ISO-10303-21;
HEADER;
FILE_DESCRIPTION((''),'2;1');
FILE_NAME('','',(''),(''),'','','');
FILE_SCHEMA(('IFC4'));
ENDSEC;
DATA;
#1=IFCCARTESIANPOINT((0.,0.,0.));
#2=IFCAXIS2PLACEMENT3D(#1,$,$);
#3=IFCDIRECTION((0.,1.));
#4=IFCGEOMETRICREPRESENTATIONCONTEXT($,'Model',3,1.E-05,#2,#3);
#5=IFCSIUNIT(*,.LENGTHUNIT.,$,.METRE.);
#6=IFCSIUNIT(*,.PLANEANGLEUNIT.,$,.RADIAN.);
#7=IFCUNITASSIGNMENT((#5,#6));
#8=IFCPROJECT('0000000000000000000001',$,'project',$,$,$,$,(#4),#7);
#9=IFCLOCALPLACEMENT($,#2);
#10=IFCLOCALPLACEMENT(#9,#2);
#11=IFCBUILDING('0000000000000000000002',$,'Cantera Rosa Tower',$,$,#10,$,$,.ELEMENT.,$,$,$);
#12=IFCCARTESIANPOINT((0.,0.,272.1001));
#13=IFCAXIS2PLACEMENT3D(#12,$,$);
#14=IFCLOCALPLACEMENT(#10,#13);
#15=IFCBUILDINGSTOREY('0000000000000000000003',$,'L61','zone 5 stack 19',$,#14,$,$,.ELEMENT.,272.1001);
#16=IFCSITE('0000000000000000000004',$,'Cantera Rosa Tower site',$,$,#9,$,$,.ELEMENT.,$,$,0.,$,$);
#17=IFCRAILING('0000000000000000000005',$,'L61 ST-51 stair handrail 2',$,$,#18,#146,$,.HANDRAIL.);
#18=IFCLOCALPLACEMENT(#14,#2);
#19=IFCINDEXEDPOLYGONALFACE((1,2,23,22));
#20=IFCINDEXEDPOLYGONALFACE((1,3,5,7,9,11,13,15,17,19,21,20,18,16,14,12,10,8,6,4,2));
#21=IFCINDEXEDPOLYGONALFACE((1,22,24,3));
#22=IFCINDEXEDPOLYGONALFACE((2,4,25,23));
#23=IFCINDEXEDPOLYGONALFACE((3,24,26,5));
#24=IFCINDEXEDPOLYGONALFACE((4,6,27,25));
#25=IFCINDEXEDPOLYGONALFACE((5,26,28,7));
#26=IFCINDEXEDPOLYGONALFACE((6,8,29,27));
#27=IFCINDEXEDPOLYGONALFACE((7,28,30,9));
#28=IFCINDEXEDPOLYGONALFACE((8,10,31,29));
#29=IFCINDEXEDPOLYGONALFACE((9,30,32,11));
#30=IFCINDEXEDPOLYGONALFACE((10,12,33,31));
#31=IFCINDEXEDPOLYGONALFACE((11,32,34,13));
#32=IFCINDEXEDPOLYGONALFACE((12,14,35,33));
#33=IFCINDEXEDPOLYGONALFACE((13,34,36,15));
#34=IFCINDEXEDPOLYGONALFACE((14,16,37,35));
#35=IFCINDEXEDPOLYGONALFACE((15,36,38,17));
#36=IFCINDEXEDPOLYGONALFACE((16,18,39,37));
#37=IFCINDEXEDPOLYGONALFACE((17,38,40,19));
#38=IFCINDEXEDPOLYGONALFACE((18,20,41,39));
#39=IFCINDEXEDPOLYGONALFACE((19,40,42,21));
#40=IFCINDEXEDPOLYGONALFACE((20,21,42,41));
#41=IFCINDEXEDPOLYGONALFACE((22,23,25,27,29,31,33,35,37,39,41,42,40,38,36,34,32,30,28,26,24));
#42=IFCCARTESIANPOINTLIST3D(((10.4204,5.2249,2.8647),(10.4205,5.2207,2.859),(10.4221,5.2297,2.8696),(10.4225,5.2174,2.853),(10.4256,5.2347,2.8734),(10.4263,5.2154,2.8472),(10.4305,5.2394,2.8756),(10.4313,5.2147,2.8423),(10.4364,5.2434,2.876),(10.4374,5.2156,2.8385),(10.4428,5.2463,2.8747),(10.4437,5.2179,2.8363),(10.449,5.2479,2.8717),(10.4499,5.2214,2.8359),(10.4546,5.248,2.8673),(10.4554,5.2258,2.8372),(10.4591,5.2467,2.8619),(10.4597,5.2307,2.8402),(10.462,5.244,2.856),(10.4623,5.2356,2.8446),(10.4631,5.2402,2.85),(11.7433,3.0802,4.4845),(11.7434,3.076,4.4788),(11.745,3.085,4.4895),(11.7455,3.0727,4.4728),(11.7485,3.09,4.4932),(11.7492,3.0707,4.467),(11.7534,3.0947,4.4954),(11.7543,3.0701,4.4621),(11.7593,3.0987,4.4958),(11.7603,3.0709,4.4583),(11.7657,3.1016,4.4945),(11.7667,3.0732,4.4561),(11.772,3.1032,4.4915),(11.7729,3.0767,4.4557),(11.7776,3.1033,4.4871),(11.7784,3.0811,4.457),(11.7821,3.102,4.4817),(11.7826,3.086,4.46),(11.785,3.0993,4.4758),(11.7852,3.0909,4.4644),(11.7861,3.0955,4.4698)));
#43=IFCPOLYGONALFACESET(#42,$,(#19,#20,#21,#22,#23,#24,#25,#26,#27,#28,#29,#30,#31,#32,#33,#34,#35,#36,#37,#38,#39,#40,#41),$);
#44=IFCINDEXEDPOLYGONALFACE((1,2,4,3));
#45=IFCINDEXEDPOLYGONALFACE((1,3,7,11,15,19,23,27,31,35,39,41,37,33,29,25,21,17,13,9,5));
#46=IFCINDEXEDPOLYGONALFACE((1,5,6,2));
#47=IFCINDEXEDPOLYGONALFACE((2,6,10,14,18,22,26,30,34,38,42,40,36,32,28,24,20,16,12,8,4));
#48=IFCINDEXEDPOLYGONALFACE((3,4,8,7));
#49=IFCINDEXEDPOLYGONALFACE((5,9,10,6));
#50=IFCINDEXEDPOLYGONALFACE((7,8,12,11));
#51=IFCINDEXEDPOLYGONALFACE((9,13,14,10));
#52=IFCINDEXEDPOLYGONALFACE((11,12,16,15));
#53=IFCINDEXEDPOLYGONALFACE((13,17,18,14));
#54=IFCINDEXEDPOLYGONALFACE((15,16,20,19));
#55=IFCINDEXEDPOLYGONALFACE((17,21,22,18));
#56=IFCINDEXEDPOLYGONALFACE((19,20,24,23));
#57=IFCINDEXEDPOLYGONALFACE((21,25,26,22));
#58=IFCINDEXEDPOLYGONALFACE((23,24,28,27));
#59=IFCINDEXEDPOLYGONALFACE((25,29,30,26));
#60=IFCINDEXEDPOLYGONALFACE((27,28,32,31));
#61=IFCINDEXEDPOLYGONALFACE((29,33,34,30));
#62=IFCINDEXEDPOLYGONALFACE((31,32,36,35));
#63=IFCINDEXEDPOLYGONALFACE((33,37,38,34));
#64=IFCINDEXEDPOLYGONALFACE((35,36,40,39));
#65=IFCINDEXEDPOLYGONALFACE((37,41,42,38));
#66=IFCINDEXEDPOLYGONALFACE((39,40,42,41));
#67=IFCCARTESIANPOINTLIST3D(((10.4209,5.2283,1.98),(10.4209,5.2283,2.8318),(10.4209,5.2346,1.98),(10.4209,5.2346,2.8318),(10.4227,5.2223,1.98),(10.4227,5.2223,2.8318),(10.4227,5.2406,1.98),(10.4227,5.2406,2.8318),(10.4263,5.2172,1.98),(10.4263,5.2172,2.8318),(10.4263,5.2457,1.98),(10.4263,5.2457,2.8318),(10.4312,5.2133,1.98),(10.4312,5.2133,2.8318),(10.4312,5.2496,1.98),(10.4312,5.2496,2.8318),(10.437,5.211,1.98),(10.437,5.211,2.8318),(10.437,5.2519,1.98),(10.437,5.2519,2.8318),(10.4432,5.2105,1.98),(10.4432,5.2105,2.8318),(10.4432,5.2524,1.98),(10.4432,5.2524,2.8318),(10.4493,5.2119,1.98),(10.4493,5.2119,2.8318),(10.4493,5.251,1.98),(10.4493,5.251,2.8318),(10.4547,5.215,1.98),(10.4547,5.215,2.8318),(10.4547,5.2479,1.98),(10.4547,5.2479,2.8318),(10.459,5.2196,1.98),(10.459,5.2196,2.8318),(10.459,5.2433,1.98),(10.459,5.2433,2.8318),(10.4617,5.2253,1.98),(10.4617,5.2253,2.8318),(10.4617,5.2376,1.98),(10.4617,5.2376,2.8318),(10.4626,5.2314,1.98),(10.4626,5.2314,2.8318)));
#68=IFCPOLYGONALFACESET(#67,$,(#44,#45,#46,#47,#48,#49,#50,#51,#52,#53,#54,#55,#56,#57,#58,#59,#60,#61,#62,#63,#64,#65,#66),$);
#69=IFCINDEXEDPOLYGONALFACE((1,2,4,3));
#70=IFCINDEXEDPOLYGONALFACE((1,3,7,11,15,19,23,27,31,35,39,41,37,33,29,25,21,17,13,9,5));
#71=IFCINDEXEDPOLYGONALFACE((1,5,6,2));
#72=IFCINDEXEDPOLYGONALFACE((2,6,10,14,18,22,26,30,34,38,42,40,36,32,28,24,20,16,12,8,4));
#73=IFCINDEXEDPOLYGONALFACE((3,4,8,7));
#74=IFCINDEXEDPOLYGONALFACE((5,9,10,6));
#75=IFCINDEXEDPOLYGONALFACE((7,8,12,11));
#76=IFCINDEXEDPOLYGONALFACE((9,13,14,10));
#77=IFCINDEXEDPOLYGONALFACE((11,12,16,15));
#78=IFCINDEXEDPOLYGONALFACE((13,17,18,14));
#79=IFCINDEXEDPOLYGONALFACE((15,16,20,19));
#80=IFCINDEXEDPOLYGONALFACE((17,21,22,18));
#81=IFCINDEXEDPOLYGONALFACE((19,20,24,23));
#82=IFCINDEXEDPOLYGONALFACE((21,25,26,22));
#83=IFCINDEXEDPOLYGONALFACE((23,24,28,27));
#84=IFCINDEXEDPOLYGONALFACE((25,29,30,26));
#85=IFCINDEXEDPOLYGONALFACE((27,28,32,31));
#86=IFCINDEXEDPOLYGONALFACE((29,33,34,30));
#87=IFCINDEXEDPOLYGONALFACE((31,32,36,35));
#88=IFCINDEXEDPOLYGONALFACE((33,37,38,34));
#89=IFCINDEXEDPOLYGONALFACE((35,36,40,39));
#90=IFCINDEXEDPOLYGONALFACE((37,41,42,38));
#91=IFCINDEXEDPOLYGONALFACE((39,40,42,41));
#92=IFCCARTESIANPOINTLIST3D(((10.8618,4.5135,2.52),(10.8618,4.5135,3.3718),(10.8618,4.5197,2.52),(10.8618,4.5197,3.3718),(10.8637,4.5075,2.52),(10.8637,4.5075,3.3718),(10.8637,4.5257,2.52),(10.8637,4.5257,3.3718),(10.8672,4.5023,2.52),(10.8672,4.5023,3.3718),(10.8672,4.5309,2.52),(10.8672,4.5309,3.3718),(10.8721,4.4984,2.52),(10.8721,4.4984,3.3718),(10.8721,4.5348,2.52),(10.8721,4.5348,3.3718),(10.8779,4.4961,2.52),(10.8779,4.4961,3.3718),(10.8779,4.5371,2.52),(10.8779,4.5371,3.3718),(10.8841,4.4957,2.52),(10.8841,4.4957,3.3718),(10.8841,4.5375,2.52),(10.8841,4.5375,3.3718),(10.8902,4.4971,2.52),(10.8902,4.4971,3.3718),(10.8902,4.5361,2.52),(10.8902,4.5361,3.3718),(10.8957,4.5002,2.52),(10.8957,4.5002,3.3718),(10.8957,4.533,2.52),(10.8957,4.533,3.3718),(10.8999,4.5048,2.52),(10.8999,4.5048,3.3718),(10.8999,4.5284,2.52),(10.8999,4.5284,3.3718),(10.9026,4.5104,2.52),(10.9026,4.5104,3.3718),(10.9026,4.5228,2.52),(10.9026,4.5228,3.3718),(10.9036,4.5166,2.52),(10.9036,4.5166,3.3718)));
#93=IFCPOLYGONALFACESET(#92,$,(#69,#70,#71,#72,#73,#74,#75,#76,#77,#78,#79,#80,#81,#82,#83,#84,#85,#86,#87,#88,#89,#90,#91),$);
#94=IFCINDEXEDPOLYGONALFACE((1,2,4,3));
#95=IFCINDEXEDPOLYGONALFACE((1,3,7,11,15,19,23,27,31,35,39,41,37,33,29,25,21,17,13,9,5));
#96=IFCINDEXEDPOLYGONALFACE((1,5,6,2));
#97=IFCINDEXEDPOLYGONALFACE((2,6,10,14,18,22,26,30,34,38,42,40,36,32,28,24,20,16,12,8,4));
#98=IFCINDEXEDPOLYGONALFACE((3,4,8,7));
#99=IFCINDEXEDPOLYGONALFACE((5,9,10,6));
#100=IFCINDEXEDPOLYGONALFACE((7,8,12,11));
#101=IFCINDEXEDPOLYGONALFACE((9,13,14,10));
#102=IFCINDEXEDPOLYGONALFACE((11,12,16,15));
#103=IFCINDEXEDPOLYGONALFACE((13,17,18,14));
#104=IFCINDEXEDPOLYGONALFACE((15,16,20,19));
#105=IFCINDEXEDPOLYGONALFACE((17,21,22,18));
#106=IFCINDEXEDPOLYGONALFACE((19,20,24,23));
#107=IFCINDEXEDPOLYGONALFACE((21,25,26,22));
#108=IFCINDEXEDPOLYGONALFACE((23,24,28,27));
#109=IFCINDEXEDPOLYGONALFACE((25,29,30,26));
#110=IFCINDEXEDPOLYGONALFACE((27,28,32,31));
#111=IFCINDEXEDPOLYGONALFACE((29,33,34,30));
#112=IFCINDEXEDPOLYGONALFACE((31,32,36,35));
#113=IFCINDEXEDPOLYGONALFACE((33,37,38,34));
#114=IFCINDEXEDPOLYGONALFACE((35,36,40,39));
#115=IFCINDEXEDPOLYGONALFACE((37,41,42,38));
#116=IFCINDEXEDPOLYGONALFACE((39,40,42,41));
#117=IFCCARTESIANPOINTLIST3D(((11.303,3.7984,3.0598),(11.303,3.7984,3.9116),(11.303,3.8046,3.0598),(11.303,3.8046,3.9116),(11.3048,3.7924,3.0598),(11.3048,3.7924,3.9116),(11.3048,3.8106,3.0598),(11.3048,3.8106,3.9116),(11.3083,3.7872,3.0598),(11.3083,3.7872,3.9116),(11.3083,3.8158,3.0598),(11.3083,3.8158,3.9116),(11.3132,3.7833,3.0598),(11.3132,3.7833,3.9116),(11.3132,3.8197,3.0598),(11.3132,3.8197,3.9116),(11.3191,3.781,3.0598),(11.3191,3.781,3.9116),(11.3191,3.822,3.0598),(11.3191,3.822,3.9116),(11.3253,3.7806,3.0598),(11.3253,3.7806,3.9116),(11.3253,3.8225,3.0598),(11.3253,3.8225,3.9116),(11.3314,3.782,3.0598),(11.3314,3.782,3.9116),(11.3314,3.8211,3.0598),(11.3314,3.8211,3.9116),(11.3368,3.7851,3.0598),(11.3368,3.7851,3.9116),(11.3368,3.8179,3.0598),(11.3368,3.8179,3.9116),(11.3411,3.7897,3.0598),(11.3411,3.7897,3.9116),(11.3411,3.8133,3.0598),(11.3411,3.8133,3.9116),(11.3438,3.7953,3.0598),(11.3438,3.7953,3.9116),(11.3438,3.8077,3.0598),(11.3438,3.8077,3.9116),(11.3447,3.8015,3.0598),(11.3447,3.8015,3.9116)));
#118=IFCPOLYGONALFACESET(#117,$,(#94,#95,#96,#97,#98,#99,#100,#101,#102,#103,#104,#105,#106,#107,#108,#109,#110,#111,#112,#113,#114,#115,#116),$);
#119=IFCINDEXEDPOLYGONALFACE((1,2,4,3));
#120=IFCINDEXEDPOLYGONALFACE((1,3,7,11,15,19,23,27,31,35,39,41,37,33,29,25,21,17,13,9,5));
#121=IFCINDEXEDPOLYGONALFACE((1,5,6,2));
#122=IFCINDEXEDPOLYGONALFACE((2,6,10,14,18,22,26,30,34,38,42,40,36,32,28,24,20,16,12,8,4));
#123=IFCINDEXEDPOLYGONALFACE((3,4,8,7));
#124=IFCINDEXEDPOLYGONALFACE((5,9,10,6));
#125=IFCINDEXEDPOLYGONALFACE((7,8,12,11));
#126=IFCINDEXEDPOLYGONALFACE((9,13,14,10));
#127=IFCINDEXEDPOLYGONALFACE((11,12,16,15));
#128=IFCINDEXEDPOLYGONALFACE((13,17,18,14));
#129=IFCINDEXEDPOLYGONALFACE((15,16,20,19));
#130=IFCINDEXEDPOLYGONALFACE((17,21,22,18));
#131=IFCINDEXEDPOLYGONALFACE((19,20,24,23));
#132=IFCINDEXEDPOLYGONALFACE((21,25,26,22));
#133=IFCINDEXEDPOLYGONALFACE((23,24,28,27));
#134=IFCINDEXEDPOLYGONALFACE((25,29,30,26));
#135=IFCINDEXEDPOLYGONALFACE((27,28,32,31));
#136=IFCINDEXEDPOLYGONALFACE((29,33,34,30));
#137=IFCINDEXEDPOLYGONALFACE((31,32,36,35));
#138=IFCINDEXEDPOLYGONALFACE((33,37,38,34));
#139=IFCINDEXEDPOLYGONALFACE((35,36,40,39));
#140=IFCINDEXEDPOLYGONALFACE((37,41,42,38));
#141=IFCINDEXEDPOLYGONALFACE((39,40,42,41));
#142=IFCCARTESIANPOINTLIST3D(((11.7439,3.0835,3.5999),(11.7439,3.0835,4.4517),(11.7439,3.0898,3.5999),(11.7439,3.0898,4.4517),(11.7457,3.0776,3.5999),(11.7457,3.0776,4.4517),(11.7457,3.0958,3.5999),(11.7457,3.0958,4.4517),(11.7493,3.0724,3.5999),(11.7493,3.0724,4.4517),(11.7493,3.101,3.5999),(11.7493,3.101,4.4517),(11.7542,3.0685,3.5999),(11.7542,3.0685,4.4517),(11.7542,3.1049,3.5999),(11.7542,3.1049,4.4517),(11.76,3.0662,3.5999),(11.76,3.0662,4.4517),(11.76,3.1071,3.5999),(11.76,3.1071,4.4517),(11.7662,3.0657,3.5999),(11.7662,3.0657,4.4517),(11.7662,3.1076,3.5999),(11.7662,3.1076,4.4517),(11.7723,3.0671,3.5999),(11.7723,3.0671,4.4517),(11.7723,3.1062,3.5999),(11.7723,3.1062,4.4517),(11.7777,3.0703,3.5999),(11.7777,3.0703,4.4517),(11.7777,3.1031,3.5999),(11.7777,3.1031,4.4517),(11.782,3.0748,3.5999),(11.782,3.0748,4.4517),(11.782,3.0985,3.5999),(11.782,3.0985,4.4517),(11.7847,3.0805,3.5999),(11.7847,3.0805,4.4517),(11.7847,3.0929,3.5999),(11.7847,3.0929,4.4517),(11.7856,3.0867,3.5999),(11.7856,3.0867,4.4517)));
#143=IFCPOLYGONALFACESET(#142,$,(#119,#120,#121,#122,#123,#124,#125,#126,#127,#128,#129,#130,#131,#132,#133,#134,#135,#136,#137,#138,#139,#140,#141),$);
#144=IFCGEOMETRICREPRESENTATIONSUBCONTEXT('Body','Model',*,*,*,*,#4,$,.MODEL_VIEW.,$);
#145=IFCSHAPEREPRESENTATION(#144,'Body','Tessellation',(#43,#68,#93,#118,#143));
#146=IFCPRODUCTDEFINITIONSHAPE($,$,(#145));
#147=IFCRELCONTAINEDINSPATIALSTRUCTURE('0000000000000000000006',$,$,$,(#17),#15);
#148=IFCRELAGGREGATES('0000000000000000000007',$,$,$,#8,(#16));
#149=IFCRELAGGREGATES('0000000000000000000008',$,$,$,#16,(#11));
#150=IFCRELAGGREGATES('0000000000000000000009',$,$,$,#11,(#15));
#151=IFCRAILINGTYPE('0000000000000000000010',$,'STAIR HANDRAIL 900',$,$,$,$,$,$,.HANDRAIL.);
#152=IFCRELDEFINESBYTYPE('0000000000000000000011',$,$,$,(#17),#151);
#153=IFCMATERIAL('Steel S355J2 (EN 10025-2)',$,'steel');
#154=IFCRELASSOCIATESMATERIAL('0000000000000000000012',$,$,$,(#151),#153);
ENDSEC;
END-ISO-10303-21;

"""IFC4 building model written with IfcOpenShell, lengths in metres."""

from ifc_helpers import new_model, si_unit, direction, frame, origin, origin_2d, place, context, subcontext, project, spatial, circle, extrude, material, type_object, element, save


model = new_model("IFC4")

# Units and contexts
model_context = context("Model", 3, precision=1e-05, world=origin(), true_north=direction((0.0, 1.0)))
body_context = subcontext(model_context, "Body", "Model", "MODEL_VIEW")
ifc_project = project(units=[si_unit("LENGTHUNIT", "METRE"), si_unit("PLANEANGLEUNIT", "RADIAN")], contexts=[model_context])

# Site, building, storey
site_placement = place(None, origin())
site = spatial("IfcSite", under=ifc_project, at=site_placement, Name="Cantera Rosa Tower site", CompositionType="ELEMENT", RefElevation=0.0)
building_placement = place(site_placement, origin())
building = spatial("IfcBuilding", under=site, at=building_placement, Name="Cantera Rosa Tower", CompositionType="ELEMENT")
storey_placement = place(building_placement, frame((0.0, 0.0, 272.1001)))
storey = spatial("IfcBuildingStorey", under=building, at=storey_placement, Name="L61", Description="zone 5 stack 19", CompositionType="ELEMENT", Elevation=272.1001)

# Railing
ifc_material_1 = material(Name="Steel S355J2 (EN 10025-2)", Category="steel")
railing_type_1 = type_object("IfcRailingType", Name="STAIR HANDRAIL 900", PredefinedType="HANDRAIL", material=ifc_material_1)
railing_1_placement = place(storey_placement, frame((10.4417, 5.2314, 1.98)))
element("IfcRailing", 1, at=railing_1_placement, inside=storey, type_object=railing_type_1, Name="L61 ST-51 stair handrail 2", PredefinedType="HANDRAIL", context=body_context, shape_type="SweptSolid", body=[
    extrude(circle(Radius=0.0239, at=origin_2d()), frame((0.0, 0.0, 0.876), z_axis=(0.441629, -0.715945, 0.540728), x_axis=(0.851102, 0.525, 0.0)), (0.0, 0.0, 1.0), 2.9956),
    extrude(circle(Radius=0.021, at=origin_2d()), origin(), (0.0, 0.0, 1.0), 0.8518),
    extrude(circle(Radius=0.021, at=origin_2d()), frame((0.4409, -0.7148, 0.54)), (0.0, 0.0, 1.0), 0.8518),
    extrude(circle(Radius=0.021, at=origin_2d()), frame((0.8821, -1.4299, 1.0798)), (0.0, 0.0, 1.0), 0.8518),
    extrude(circle(Radius=0.021, at=origin_2d()), frame((1.323, -2.1448, 1.6199)), (0.0, 0.0, 1.0), 0.8518),
])

save(model, "model.ifc")
